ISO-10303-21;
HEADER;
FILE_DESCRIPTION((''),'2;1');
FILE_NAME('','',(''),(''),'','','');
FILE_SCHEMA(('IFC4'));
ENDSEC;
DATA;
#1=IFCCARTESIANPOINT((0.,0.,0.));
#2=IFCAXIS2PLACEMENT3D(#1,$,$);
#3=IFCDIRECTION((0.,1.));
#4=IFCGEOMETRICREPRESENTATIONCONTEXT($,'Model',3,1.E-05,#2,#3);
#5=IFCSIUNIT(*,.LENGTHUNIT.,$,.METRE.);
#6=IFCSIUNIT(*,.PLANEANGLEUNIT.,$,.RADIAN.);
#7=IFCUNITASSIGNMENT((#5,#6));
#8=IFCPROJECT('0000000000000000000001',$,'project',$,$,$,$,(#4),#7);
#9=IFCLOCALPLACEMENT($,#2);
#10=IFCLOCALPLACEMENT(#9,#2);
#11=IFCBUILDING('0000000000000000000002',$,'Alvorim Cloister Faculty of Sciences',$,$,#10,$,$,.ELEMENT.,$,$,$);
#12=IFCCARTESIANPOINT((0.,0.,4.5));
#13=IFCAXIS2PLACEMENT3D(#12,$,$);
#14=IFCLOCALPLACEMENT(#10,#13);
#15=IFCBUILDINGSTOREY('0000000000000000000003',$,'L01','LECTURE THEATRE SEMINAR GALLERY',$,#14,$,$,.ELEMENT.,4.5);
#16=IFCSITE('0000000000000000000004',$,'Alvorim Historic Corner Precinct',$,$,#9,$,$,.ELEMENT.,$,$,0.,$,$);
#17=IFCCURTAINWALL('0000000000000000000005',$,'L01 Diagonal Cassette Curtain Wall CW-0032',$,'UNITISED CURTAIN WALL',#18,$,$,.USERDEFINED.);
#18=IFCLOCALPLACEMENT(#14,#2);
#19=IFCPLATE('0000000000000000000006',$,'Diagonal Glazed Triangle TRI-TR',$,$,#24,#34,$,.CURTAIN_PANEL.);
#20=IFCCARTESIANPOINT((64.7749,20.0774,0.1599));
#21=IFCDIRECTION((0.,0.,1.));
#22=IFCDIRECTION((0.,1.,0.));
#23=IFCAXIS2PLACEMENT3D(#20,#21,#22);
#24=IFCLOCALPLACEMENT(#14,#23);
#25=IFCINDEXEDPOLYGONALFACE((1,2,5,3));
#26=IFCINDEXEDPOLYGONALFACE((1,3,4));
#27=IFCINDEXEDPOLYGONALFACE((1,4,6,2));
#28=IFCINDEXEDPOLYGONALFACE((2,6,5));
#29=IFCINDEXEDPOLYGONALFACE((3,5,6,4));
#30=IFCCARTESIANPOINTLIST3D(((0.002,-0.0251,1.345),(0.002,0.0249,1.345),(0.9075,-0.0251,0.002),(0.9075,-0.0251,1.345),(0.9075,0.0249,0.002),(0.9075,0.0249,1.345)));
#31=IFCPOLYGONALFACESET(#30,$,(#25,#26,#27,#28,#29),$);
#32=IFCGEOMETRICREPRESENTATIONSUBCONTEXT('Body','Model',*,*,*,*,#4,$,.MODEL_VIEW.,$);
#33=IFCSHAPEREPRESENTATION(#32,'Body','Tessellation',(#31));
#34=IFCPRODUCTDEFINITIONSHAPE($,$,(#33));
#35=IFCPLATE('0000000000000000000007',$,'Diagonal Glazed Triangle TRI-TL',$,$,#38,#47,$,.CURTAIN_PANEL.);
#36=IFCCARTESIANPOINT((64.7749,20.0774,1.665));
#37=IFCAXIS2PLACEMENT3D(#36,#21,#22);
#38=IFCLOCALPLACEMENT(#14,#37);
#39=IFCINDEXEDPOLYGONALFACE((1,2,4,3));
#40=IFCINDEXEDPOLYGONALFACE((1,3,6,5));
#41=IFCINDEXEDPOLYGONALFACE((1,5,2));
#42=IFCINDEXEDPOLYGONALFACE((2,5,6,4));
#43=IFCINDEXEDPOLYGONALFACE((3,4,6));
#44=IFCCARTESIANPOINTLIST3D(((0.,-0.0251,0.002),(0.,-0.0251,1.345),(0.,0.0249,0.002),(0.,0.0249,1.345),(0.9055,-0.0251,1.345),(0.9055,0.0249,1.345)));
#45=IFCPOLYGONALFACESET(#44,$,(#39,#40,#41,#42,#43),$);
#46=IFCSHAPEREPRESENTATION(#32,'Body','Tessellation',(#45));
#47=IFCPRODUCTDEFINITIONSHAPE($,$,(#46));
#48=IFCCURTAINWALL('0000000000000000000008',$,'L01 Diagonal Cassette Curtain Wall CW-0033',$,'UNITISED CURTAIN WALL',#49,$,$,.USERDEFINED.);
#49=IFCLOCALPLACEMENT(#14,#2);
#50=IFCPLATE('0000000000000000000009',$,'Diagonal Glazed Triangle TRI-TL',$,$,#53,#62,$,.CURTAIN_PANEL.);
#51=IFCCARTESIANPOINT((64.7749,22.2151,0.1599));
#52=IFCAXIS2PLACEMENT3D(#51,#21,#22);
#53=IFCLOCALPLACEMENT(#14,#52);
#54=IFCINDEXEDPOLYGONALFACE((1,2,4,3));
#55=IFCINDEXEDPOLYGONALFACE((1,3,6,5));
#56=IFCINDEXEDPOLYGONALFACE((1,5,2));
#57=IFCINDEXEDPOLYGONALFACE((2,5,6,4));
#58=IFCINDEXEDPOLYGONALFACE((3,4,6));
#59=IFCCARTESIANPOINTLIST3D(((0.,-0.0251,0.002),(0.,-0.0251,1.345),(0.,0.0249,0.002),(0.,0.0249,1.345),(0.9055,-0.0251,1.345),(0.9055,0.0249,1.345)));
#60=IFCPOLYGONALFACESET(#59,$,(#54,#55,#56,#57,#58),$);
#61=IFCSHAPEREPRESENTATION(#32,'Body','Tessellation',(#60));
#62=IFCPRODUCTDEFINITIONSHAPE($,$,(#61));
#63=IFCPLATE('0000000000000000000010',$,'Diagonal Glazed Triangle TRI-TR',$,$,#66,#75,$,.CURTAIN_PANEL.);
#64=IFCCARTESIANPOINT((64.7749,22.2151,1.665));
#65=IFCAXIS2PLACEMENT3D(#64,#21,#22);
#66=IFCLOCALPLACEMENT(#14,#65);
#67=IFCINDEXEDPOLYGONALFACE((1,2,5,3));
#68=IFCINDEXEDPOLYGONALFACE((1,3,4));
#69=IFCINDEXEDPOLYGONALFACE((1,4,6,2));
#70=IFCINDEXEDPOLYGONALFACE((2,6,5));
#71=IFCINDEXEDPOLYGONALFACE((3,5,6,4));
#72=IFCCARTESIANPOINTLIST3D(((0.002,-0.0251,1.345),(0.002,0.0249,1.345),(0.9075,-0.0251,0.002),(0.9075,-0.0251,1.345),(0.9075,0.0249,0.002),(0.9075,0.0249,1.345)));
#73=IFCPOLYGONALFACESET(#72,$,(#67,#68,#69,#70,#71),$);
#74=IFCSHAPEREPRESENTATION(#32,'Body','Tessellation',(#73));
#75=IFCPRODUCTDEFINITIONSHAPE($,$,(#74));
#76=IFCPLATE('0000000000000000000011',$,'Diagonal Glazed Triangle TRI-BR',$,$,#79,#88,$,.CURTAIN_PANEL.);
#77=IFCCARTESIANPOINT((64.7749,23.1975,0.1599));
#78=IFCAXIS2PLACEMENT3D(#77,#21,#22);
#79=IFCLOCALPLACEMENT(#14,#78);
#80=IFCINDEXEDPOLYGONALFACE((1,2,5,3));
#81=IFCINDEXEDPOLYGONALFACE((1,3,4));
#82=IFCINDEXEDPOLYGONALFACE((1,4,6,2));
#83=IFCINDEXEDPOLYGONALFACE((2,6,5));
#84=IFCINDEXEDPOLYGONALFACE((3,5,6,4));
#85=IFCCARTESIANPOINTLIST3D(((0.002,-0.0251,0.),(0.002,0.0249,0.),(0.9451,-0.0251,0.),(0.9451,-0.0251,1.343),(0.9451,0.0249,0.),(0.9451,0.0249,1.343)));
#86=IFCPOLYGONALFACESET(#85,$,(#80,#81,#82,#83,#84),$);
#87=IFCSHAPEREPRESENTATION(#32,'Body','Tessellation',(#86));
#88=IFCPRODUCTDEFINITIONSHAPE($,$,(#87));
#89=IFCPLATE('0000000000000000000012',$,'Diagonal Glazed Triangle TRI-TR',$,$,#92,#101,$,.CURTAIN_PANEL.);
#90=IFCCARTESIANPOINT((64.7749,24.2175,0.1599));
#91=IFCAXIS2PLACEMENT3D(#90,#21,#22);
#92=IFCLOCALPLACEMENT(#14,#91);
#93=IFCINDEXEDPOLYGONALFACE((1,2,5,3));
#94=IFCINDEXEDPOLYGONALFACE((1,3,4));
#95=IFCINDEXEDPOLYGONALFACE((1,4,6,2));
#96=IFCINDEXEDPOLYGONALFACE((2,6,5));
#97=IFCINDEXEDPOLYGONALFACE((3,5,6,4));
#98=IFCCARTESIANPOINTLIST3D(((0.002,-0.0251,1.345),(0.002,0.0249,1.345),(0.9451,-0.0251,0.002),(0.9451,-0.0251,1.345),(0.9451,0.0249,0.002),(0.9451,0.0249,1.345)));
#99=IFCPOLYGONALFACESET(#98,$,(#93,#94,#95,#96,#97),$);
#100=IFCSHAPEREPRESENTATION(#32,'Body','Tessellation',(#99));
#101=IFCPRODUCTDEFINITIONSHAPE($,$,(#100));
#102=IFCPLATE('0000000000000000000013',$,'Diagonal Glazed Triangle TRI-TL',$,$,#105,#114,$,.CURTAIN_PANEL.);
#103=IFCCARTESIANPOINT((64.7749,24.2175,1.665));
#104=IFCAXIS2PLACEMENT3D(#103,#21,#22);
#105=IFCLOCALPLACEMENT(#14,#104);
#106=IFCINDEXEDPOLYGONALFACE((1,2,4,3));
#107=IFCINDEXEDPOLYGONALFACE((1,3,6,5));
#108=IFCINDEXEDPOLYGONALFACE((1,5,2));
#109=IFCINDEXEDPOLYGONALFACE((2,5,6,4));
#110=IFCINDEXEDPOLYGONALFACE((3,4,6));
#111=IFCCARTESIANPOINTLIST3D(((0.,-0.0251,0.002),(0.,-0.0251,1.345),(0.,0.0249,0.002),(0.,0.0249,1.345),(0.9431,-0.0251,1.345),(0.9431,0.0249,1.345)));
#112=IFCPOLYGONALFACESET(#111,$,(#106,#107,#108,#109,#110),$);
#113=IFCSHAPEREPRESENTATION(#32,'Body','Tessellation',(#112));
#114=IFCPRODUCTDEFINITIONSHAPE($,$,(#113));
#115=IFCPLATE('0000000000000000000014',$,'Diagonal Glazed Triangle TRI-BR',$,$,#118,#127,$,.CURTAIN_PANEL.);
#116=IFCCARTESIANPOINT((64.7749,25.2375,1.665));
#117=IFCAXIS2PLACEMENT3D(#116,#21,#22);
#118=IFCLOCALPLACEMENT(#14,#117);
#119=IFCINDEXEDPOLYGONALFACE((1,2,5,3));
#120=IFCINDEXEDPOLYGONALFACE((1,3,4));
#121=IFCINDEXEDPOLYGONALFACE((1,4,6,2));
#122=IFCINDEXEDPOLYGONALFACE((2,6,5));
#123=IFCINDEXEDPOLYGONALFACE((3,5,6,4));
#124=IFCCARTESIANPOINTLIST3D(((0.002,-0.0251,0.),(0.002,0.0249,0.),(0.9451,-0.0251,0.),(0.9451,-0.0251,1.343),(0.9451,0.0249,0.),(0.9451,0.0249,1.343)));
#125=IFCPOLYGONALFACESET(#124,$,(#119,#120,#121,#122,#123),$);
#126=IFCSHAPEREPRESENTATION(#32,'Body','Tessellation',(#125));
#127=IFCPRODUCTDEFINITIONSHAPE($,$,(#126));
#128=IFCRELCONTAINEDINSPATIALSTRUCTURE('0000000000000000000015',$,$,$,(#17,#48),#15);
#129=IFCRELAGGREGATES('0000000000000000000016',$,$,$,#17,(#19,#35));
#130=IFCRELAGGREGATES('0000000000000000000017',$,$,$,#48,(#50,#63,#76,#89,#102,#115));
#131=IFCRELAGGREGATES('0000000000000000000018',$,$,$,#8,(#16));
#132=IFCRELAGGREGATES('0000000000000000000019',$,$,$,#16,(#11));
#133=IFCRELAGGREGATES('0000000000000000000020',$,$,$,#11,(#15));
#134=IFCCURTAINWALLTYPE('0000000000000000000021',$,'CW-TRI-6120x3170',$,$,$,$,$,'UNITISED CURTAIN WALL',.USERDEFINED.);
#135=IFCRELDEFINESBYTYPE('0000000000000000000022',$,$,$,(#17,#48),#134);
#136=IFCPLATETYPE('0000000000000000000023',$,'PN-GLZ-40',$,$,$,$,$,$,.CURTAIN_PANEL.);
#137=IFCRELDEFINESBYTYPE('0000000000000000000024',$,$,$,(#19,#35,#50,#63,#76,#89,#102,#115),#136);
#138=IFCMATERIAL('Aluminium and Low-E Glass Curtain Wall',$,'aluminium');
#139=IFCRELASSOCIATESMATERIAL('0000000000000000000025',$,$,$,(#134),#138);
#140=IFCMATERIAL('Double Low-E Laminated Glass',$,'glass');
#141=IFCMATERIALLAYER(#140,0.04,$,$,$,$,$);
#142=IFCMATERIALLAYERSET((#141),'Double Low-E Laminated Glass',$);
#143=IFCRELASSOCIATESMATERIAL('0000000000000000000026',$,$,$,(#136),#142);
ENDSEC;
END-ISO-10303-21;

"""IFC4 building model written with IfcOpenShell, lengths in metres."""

from ifc_helpers import new_model, si_unit, direction, frame, origin, place, context, subcontext, project, spatial, polyline, outline, extrude, material, layer, layer_set, type_object, element, aggregate, save


model = new_model("IFC4")

# Units and contexts
model_context = context("Model", 3, precision=1e-05, world=origin(), true_north=direction((0.0, 1.0)))
body_context = subcontext(model_context, "Body", "Model", "MODEL_VIEW")
ifc_project = project(units=[si_unit("LENGTHUNIT", "METRE"), si_unit("PLANEANGLEUNIT", "RADIAN")], contexts=[model_context])

# Site, building, storey
site_placement = place(None, origin())
site = spatial("IfcSite", under=ifc_project, at=site_placement, Name="Alvorim Historic Corner Precinct", CompositionType="ELEMENT", RefElevation=0.0)
building_placement = place(site_placement, origin())
building = spatial("IfcBuilding", under=site, at=building_placement, Name="Alvorim Cloister Faculty of Sciences", CompositionType="ELEMENT")
storey_placement = place(building_placement, frame((0.0, 0.0, 4.5)))
storey = spatial("IfcBuildingStorey", under=building, at=storey_placement, Name="L01", Description="LECTURE THEATRE SEMINAR GALLERY", CompositionType="ELEMENT", Elevation=4.5)

# Curtain walls, plates
ifc_material_1 = material(Name="Aluminium and Low-E Glass Curtain Wall", Category="aluminium")
curtain_wall_type = type_object("IfcCurtainWallType", Name="CW-TRI-6120x3170", ElementType="UNITISED CURTAIN WALL", PredefinedType="USERDEFINED", material=ifc_material_1)
curtain_wall_1_placement = place(storey_placement, origin())
curtain_wall_1 = element("IfcCurtainWall", 1, at=curtain_wall_1_placement, inside=storey, type_object=curtain_wall_type, Name="L01 Diagonal Cassette Curtain Wall CW-0032", ObjectType="UNITISED CURTAIN WALL", PredefinedType="USERDEFINED")
ifc_material_2 = material(Name="Double Low-E Laminated Glass", Category="glass")
ifc_layer_1 = layer(ifc_material_2, 0.04)
ifc_layer_set_1 = layer_set([ifc_layer_1], Name="Double Low-E Laminated Glass")
plate_type = type_object("IfcPlateType", Name="PN-GLZ-40", PredefinedType="CURTAIN_PANEL", material=ifc_layer_set_1)
plate_1_placement = place(storey_placement, frame((64.7749, 20.0774, 0.1599), z_axis=(0.0, 0.0, 1.0), x_axis=(0.0, 1.0, 0.0)))
plate_1 = element("IfcPlate", 2, at=plate_1_placement, type_object=plate_type, Name="Diagonal Glazed Triangle TRI-TR", PredefinedType="CURTAIN_PANEL", context=body_context, shape_type="SweptSolid", body=[
    extrude(outline(polyline([(0.9075, 0.002), (0.9075, 1.345), (0.002, 1.345), (0.9075, 0.002)])), frame((0.0, 0.0249, 0.0), z_axis=(0.0, -1.0, 0.0), x_axis=(1.0, 0.0, 0.0)), (0.0, 0.0, 1.0), 0.05),
])
plate_2_placement = place(storey_placement, frame((64.7749, 20.0774, 1.665), z_axis=(0.0, 0.0, 1.0), x_axis=(0.0, 1.0, 0.0)))
plate_2 = element("IfcPlate", 3, at=plate_2_placement, type_object=plate_type, Name="Diagonal Glazed Triangle TRI-TL", PredefinedType="CURTAIN_PANEL", context=body_context, shape_type="SweptSolid", body=[
    extrude(outline(polyline([(0.9055, 1.345), (0.0, 1.345), (0.0, 0.002), (0.9055, 1.345)])), frame((0.0, 0.0249, 0.0), z_axis=(0.0, -1.0, 0.0), x_axis=(1.0, 0.0, 0.0)), (0.0, 0.0, 1.0), 0.05),
])
aggregate(curtain_wall_1, [plate_1, plate_2])
curtain_wall_2_placement = place(storey_placement, origin())
curtain_wall_2 = element("IfcCurtainWall", 4, at=curtain_wall_2_placement, inside=storey, type_object=curtain_wall_type, Name="L01 Diagonal Cassette Curtain Wall CW-0033", ObjectType="UNITISED CURTAIN WALL", PredefinedType="USERDEFINED")
plate_3_placement = place(storey_placement, frame((64.7749, 22.2151, 0.1599), z_axis=(0.0, 0.0, 1.0), x_axis=(0.0, 1.0, 0.0)))
plate_3 = element("IfcPlate", 5, at=plate_3_placement, type_object=plate_type, Name="Diagonal Glazed Triangle TRI-TL", PredefinedType="CURTAIN_PANEL", context=body_context, shape_type="SweptSolid", body=[
    extrude(outline(polyline([(0.9055, 1.345), (0.0, 1.345), (0.0, 0.002), (0.9055, 1.345)])), frame((0.0, 0.0249, 0.0), z_axis=(0.0, -1.0, 0.0), x_axis=(1.0, 0.0, 0.0)), (0.0, 0.0, 1.0), 0.05),
])
plate_4_placement = place(storey_placement, frame((64.7749, 22.2151, 1.665), z_axis=(0.0, 0.0, 1.0), x_axis=(0.0, 1.0, 0.0)))
plate_4 = element("IfcPlate", 6, at=plate_4_placement, type_object=plate_type, Name="Diagonal Glazed Triangle TRI-TR", PredefinedType="CURTAIN_PANEL", context=body_context, shape_type="SweptSolid", body=[
    extrude(outline(polyline([(0.9075, 0.002), (0.9075, 1.345), (0.002, 1.345), (0.9075, 0.002)])), frame((0.0, 0.0249, 0.0), z_axis=(0.0, -1.0, 0.0), x_axis=(1.0, 0.0, 0.0)), (0.0, 0.0, 1.0), 0.05),
])
plate_5_placement = place(storey_placement, frame((64.7749, 23.1975, 0.1599), z_axis=(0.0, 0.0, 1.0), x_axis=(0.0, 1.0, 0.0)))
plate_5 = element("IfcPlate", 7, at=plate_5_placement, type_object=plate_type, Name="Diagonal Glazed Triangle TRI-BR", PredefinedType="CURTAIN_PANEL", context=body_context, shape_type="SweptSolid", body=[
    extrude(outline(polyline([(0.002, 0.0), (0.9451, 0.0), (0.9451, 1.343), (0.002, 0.0)])), frame((0.0, 0.0249, 0.0), z_axis=(0.0, -1.0, 0.0), x_axis=(1.0, 0.0, 0.0)), (0.0, 0.0, 1.0), 0.05),
])
plate_6_placement = place(storey_placement, frame((64.7749, 24.2175, 0.1599), z_axis=(0.0, 0.0, 1.0), x_axis=(0.0, 1.0, 0.0)))
plate_6 = element("IfcPlate", 8, at=plate_6_placement, type_object=plate_type, Name="Diagonal Glazed Triangle TRI-TR", PredefinedType="CURTAIN_PANEL", context=body_context, shape_type="SweptSolid", body=[
    extrude(outline(polyline([(0.9451, 0.002), (0.9451, 1.345), (0.002, 1.345), (0.9451, 0.002)])), frame((0.0, 0.0249, 0.0), z_axis=(0.0, -1.0, 0.0), x_axis=(1.0, 0.0, 0.0)), (0.0, 0.0, 1.0), 0.05),
])
plate_7_placement = place(storey_placement, frame((64.7749, 24.2175, 1.665), z_axis=(0.0, 0.0, 1.0), x_axis=(0.0, 1.0, 0.0)))
plate_7 = element("IfcPlate", 9, at=plate_7_placement, type_object=plate_type, Name="Diagonal Glazed Triangle TRI-TL", PredefinedType="CURTAIN_PANEL", context=body_context, shape_type="SweptSolid", body=[
    extrude(outline(polyline([(0.9431, 1.345), (0.0, 1.345), (0.0, 0.002), (0.9431, 1.345)])), frame((0.0, 0.0249, 0.0), z_axis=(0.0, -1.0, 0.0), x_axis=(1.0, 0.0, 0.0)), (0.0, 0.0, 1.0), 0.05),
])
plate_8_placement = place(storey_placement, frame((64.7749, 25.2375, 1.665), z_axis=(0.0, 0.0, 1.0), x_axis=(0.0, 1.0, 0.0)))
plate_8 = element("IfcPlate", 10, at=plate_8_placement, type_object=plate_type, Name="Diagonal Glazed Triangle TRI-BR", PredefinedType="CURTAIN_PANEL", context=body_context, shape_type="SweptSolid", body=[
    extrude(outline(polyline([(0.002, 0.0), (0.9451, 0.0), (0.9451, 1.343), (0.002, 0.0)])), frame((0.0, 0.0249, 0.0), z_axis=(0.0, -1.0, 0.0), x_axis=(1.0, 0.0, 0.0)), (0.0, 0.0, 1.0), 0.05),
])
aggregate(curtain_wall_2, [plate_3, plate_4, plate_5, plate_6, plate_7, plate_8])

save(model, "model.ifc")
